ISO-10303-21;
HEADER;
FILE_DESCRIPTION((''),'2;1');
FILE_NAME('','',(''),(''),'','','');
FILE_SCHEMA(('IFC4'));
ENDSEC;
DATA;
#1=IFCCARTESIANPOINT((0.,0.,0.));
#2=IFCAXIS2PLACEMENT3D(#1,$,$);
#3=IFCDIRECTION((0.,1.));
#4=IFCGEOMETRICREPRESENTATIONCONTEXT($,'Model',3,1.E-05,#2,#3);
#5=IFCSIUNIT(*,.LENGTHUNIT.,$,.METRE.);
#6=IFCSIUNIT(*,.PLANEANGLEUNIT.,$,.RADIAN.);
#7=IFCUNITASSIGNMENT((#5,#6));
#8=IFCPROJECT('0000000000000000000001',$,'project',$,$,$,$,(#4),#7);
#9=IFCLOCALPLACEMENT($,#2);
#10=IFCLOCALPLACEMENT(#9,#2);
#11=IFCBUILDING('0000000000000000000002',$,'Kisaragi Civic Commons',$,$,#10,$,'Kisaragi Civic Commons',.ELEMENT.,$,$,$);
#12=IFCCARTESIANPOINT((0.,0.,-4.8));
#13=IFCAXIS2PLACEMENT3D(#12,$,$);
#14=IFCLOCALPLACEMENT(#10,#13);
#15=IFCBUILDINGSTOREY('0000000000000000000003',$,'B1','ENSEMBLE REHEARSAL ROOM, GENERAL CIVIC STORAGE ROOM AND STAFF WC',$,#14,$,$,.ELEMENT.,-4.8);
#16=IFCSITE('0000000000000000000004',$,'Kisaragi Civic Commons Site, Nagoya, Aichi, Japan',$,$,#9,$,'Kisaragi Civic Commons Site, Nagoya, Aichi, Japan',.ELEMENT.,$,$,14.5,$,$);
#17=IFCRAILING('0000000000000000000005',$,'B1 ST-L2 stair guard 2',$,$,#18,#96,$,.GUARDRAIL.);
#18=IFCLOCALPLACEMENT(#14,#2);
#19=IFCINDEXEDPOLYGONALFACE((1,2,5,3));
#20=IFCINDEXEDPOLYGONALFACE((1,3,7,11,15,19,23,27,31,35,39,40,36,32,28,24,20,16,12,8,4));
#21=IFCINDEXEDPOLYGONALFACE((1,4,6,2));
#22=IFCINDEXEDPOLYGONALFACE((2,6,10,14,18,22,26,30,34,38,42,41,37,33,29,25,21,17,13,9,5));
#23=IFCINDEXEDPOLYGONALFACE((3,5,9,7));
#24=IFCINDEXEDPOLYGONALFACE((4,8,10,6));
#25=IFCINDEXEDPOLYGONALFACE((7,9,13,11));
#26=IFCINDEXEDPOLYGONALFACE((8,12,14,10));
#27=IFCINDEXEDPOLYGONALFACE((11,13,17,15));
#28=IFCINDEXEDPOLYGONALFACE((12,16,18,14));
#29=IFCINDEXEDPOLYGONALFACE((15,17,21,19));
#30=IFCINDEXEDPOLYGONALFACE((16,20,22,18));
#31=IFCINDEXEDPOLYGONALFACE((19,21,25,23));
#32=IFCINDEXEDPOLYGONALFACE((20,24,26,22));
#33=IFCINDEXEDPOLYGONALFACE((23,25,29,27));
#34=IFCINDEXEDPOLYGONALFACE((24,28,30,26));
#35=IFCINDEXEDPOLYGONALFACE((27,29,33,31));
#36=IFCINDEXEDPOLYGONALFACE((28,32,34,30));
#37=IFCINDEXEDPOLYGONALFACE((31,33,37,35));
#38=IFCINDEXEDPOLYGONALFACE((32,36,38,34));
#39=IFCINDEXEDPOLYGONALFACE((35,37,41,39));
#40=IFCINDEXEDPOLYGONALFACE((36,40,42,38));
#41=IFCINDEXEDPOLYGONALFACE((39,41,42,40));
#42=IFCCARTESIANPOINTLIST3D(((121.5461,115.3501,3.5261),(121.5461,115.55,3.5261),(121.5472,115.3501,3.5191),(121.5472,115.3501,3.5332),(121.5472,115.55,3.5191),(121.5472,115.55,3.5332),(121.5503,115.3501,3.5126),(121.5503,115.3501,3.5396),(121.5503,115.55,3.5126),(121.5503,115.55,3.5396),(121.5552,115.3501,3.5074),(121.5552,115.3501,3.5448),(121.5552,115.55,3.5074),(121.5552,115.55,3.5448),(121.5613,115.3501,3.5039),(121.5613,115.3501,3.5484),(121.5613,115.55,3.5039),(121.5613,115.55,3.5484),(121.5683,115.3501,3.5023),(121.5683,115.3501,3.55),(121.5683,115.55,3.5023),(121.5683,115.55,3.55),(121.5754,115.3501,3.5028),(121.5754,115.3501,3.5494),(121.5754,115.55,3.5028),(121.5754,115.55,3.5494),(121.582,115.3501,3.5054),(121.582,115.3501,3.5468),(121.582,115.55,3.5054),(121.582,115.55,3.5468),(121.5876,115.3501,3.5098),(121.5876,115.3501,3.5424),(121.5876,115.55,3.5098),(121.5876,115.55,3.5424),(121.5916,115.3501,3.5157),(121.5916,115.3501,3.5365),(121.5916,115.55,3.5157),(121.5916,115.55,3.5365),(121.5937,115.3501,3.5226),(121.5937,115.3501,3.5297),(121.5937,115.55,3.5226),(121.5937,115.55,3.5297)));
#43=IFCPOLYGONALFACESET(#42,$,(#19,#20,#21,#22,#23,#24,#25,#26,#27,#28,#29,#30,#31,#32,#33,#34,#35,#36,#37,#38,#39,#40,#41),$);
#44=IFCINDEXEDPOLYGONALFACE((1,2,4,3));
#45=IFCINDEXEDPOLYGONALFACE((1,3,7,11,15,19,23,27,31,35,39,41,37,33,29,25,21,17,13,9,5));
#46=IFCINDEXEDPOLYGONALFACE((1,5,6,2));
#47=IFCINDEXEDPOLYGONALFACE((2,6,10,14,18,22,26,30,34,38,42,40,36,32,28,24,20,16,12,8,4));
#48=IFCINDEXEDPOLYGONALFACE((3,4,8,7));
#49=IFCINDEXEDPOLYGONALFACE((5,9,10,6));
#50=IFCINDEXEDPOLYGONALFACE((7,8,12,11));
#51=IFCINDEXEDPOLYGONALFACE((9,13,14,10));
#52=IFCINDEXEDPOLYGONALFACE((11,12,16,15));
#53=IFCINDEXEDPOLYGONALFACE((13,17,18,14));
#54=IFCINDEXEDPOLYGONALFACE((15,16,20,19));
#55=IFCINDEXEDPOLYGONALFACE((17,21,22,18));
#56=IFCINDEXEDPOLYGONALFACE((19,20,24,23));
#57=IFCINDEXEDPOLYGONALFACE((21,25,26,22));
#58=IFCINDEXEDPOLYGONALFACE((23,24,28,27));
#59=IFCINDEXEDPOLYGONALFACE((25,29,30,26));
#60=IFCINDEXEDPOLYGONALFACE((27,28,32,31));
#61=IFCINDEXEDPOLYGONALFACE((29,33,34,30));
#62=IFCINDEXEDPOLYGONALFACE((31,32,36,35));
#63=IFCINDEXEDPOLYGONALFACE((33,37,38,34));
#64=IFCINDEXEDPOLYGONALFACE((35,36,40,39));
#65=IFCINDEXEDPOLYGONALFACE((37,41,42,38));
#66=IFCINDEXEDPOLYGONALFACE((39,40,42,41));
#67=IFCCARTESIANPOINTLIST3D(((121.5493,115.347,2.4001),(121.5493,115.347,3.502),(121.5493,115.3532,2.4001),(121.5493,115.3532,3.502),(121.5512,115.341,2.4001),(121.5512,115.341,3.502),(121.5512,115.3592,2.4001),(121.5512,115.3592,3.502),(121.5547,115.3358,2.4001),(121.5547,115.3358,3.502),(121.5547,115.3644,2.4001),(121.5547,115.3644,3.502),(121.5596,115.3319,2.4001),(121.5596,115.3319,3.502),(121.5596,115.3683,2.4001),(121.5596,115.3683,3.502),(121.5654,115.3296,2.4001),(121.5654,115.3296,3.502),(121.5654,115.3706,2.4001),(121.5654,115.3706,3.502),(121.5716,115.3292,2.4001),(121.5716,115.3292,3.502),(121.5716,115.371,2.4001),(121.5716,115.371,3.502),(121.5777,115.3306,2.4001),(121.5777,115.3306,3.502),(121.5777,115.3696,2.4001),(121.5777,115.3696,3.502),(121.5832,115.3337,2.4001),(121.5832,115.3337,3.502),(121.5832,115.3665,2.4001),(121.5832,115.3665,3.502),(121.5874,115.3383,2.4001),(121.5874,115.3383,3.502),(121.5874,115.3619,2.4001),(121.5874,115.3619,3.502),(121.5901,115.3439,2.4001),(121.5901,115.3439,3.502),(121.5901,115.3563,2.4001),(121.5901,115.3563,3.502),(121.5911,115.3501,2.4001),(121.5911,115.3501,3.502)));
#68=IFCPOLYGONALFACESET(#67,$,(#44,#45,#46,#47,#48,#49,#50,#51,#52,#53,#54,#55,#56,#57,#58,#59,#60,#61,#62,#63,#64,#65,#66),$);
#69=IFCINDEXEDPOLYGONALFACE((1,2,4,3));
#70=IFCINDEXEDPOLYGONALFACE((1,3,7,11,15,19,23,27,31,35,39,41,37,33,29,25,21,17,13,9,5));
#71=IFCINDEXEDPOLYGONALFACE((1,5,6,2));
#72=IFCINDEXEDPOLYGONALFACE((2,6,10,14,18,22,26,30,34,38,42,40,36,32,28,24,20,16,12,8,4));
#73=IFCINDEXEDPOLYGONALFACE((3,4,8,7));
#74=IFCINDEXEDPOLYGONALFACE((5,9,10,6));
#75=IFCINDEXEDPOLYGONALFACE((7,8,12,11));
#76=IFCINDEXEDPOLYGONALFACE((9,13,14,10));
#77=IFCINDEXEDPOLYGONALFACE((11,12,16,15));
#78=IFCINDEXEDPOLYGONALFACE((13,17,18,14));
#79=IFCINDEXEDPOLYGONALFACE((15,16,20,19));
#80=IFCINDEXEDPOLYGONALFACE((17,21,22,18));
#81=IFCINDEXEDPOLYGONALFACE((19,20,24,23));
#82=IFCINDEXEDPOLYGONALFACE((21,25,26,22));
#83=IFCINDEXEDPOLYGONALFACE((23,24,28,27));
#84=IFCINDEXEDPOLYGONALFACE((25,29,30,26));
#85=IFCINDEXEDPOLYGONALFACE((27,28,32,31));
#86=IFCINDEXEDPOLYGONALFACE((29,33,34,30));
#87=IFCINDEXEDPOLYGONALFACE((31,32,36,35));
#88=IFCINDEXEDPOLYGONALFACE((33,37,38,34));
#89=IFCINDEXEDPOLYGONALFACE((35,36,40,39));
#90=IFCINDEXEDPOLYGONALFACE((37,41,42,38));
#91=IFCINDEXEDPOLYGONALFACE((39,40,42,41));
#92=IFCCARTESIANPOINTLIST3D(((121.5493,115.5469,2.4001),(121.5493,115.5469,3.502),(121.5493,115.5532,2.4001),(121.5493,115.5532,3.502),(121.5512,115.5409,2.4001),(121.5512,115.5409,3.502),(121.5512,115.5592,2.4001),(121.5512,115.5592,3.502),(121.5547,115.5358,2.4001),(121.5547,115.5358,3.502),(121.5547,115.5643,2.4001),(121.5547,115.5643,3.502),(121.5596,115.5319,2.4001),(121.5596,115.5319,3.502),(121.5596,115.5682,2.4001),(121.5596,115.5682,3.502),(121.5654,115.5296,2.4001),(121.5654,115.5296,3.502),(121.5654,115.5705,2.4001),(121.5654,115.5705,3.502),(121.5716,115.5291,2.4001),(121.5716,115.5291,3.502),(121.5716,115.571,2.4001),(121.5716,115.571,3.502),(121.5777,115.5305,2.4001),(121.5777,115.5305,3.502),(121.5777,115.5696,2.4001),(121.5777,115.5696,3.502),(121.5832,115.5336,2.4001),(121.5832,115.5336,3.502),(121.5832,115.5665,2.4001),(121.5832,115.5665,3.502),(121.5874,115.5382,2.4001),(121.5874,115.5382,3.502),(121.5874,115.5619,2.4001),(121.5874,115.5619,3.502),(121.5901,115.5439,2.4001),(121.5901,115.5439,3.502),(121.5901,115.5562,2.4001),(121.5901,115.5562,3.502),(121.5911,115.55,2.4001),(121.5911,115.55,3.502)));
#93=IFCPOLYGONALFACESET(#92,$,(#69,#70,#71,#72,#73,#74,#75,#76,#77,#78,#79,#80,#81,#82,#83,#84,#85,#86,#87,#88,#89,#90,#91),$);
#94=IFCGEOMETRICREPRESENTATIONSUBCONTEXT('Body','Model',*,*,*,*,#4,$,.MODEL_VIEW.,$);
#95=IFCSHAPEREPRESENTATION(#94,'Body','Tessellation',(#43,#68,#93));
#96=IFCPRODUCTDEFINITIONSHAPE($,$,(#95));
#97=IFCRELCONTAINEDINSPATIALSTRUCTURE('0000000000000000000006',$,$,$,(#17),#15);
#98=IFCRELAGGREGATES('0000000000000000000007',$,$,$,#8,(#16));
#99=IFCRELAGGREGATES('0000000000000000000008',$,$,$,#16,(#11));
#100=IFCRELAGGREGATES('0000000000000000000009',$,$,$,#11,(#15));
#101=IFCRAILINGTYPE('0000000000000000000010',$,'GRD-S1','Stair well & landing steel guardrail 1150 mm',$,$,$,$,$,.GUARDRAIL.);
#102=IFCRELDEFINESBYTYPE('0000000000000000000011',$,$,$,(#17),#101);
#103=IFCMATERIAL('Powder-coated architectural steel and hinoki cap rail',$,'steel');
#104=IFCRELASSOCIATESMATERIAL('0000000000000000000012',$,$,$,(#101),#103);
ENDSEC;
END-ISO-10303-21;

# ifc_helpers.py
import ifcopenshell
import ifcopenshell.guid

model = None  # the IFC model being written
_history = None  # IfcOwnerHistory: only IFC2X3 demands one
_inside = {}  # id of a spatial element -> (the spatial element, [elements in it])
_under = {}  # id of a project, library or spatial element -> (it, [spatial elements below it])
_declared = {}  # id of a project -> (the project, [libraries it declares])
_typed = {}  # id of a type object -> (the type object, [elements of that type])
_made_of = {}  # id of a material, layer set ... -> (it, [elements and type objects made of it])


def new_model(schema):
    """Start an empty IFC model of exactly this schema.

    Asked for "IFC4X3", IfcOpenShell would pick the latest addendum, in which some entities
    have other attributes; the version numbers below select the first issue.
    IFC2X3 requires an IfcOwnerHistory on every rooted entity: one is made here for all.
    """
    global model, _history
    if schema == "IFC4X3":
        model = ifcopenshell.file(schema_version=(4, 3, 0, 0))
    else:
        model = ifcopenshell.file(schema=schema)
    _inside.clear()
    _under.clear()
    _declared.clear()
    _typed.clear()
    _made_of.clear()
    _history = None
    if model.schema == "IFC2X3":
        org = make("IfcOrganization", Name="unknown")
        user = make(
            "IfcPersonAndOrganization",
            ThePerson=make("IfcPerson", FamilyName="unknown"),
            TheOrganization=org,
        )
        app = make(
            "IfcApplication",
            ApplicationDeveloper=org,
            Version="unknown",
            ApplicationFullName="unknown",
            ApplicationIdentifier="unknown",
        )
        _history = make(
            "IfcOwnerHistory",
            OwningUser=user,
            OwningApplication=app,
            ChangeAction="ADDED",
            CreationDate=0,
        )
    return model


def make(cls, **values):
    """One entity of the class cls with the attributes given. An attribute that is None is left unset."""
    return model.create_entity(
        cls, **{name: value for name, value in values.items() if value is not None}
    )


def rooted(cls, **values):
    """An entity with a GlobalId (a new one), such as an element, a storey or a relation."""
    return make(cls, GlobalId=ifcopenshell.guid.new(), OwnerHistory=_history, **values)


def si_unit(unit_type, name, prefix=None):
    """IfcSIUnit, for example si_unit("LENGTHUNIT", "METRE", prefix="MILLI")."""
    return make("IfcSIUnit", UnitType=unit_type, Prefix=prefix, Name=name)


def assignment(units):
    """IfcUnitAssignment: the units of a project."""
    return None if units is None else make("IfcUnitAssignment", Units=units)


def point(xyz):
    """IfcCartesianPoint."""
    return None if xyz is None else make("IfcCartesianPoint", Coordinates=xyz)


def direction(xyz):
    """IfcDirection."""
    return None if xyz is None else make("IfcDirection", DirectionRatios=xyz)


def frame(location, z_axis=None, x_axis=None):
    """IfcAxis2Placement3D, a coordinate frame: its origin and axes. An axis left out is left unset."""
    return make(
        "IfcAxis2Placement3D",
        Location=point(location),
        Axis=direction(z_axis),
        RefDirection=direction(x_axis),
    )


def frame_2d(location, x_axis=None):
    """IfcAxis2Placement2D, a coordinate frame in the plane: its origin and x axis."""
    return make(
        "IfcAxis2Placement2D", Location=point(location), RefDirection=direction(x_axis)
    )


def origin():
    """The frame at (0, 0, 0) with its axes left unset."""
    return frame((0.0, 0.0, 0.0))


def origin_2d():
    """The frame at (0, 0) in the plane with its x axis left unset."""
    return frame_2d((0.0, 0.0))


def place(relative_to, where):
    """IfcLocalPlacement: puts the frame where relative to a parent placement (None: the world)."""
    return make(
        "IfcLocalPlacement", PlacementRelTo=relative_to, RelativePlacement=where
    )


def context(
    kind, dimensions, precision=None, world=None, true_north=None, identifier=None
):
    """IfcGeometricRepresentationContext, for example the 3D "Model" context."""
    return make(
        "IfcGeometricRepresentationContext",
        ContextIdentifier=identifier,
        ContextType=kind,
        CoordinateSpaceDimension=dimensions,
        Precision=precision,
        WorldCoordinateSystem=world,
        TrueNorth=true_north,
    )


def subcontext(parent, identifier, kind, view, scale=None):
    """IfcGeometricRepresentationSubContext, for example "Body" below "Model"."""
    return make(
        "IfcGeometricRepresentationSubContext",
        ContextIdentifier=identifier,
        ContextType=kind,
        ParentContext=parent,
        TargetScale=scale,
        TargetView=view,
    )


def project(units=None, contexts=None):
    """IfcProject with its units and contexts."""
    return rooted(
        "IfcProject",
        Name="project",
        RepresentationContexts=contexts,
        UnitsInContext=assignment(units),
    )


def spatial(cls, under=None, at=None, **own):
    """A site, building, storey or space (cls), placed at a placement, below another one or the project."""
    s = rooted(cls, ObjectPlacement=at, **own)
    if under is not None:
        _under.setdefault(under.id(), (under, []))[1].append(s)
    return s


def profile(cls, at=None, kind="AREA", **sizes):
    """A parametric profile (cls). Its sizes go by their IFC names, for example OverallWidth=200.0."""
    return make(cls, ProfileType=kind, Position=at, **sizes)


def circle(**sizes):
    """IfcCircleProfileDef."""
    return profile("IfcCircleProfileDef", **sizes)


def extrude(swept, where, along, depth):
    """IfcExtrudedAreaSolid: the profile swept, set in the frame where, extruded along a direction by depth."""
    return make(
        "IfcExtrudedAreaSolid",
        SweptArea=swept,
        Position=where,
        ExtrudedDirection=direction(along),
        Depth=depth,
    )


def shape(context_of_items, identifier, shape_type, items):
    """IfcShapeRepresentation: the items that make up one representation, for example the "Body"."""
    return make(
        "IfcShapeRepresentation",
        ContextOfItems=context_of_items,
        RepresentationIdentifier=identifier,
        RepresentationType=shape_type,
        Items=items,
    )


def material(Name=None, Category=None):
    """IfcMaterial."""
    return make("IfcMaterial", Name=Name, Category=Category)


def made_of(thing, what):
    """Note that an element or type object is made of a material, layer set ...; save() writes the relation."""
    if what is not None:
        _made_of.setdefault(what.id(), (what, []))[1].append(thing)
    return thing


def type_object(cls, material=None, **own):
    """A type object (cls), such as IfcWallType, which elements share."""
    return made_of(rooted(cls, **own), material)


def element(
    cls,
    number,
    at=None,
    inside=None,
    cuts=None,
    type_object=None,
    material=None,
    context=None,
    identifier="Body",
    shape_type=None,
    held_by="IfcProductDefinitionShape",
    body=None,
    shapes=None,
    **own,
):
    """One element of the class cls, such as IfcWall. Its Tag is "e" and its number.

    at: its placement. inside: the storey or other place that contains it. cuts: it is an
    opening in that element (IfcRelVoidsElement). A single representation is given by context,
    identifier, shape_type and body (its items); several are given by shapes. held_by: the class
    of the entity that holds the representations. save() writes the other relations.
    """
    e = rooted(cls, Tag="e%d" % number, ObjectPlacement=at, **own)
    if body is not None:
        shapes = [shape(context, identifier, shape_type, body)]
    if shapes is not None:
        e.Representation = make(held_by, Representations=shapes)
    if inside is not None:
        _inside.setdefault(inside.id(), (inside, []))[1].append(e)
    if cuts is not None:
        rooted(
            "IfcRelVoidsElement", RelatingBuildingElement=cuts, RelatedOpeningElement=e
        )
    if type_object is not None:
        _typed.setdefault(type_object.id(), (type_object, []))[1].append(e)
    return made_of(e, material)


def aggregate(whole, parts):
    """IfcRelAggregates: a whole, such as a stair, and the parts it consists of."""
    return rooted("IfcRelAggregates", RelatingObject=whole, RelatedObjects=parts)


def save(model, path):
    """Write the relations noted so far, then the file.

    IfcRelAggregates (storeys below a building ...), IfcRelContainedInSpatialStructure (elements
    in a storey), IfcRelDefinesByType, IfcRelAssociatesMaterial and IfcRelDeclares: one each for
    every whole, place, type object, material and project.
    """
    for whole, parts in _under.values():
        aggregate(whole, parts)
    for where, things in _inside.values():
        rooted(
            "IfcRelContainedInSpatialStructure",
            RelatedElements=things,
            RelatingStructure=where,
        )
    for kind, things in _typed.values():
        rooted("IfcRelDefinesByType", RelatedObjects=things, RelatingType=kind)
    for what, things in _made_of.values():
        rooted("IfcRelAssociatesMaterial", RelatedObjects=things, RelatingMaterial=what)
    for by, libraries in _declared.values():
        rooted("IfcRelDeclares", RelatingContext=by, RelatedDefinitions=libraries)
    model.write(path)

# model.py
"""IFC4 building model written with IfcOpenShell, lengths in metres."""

from ifc_helpers import new_model, si_unit, direction, frame, origin, origin_2d, place, context, subcontext, project, spatial, circle, extrude, material, type_object, element, save


model = new_model("IFC4")

# Units and contexts
model_context = context("Model", 3, precision=1e-05, world=origin(), true_north=direction((0.0, 1.0)))
body_context = subcontext(model_context, "Body", "Model", "MODEL_VIEW")
ifc_project = project(units=[si_unit("LENGTHUNIT", "METRE"), si_unit("PLANEANGLEUNIT", "RADIAN")], contexts=[model_context])

# Site, building, storey
site_placement = place(None, origin())
site = spatial("IfcSite", under=ifc_project, at=site_placement, Name="Kisaragi Civic Commons Site, Nagoya, Aichi, Japan", LongName="Kisaragi Civic Commons Site, Nagoya, Aichi, Japan", CompositionType="ELEMENT", RefElevation=14.5)
building_placement = place(site_placement, origin())
building = spatial("IfcBuilding", under=site, at=building_placement, Name="Kisaragi Civic Commons", LongName="Kisaragi Civic Commons", CompositionType="ELEMENT")
storey_placement = place(building_placement, frame((0.0, 0.0, -4.8)))
storey = spatial("IfcBuildingStorey", under=building, at=storey_placement, Name="B1", Description="ENSEMBLE REHEARSAL ROOM, GENERAL CIVIC STORAGE ROOM AND STAFF WC", CompositionType="ELEMENT", Elevation=-4.8)

# Railing
ifc_material_1 = material(Name="Powder-coated architectural steel and hinoki cap rail", Category="steel")
railing_type_1 = type_object("IfcRailingType", Name="GRD-S1", Description="Stair well & landing steel guardrail 1150 mm", PredefinedType="GUARDRAIL", material=ifc_material_1)
railing_1_placement = place(storey_placement, frame((121.5701, 115.3501, 2.4001)))
element("IfcRailing", 1, at=railing_1_placement, inside=storey, type_object=railing_type_1, Name="B1 ST-L2 stair guard 2", PredefinedType="GUARDRAIL", context=body_context, shape_type="SweptSolid", body=[
    extrude(circle(Radius=0.0239, at=origin_2d()), frame((0.0, 0.0, 1.126), z_axis=(0.0, 1.0, 0.0), x_axis=(-1.0, 0.0, 0.0)), (0.0, 0.0, 1.0), 0.2),
    extrude(circle(Radius=0.021, at=origin_2d()), origin(), (0.0, 0.0, 1.0), 1.1018),
    extrude(circle(Radius=0.021, at=origin_2d()), frame((0.0, 0.2, 0.0)), (0.0, 0.0, 1.0), 1.1018),
])

save(model, "model.ifc")
